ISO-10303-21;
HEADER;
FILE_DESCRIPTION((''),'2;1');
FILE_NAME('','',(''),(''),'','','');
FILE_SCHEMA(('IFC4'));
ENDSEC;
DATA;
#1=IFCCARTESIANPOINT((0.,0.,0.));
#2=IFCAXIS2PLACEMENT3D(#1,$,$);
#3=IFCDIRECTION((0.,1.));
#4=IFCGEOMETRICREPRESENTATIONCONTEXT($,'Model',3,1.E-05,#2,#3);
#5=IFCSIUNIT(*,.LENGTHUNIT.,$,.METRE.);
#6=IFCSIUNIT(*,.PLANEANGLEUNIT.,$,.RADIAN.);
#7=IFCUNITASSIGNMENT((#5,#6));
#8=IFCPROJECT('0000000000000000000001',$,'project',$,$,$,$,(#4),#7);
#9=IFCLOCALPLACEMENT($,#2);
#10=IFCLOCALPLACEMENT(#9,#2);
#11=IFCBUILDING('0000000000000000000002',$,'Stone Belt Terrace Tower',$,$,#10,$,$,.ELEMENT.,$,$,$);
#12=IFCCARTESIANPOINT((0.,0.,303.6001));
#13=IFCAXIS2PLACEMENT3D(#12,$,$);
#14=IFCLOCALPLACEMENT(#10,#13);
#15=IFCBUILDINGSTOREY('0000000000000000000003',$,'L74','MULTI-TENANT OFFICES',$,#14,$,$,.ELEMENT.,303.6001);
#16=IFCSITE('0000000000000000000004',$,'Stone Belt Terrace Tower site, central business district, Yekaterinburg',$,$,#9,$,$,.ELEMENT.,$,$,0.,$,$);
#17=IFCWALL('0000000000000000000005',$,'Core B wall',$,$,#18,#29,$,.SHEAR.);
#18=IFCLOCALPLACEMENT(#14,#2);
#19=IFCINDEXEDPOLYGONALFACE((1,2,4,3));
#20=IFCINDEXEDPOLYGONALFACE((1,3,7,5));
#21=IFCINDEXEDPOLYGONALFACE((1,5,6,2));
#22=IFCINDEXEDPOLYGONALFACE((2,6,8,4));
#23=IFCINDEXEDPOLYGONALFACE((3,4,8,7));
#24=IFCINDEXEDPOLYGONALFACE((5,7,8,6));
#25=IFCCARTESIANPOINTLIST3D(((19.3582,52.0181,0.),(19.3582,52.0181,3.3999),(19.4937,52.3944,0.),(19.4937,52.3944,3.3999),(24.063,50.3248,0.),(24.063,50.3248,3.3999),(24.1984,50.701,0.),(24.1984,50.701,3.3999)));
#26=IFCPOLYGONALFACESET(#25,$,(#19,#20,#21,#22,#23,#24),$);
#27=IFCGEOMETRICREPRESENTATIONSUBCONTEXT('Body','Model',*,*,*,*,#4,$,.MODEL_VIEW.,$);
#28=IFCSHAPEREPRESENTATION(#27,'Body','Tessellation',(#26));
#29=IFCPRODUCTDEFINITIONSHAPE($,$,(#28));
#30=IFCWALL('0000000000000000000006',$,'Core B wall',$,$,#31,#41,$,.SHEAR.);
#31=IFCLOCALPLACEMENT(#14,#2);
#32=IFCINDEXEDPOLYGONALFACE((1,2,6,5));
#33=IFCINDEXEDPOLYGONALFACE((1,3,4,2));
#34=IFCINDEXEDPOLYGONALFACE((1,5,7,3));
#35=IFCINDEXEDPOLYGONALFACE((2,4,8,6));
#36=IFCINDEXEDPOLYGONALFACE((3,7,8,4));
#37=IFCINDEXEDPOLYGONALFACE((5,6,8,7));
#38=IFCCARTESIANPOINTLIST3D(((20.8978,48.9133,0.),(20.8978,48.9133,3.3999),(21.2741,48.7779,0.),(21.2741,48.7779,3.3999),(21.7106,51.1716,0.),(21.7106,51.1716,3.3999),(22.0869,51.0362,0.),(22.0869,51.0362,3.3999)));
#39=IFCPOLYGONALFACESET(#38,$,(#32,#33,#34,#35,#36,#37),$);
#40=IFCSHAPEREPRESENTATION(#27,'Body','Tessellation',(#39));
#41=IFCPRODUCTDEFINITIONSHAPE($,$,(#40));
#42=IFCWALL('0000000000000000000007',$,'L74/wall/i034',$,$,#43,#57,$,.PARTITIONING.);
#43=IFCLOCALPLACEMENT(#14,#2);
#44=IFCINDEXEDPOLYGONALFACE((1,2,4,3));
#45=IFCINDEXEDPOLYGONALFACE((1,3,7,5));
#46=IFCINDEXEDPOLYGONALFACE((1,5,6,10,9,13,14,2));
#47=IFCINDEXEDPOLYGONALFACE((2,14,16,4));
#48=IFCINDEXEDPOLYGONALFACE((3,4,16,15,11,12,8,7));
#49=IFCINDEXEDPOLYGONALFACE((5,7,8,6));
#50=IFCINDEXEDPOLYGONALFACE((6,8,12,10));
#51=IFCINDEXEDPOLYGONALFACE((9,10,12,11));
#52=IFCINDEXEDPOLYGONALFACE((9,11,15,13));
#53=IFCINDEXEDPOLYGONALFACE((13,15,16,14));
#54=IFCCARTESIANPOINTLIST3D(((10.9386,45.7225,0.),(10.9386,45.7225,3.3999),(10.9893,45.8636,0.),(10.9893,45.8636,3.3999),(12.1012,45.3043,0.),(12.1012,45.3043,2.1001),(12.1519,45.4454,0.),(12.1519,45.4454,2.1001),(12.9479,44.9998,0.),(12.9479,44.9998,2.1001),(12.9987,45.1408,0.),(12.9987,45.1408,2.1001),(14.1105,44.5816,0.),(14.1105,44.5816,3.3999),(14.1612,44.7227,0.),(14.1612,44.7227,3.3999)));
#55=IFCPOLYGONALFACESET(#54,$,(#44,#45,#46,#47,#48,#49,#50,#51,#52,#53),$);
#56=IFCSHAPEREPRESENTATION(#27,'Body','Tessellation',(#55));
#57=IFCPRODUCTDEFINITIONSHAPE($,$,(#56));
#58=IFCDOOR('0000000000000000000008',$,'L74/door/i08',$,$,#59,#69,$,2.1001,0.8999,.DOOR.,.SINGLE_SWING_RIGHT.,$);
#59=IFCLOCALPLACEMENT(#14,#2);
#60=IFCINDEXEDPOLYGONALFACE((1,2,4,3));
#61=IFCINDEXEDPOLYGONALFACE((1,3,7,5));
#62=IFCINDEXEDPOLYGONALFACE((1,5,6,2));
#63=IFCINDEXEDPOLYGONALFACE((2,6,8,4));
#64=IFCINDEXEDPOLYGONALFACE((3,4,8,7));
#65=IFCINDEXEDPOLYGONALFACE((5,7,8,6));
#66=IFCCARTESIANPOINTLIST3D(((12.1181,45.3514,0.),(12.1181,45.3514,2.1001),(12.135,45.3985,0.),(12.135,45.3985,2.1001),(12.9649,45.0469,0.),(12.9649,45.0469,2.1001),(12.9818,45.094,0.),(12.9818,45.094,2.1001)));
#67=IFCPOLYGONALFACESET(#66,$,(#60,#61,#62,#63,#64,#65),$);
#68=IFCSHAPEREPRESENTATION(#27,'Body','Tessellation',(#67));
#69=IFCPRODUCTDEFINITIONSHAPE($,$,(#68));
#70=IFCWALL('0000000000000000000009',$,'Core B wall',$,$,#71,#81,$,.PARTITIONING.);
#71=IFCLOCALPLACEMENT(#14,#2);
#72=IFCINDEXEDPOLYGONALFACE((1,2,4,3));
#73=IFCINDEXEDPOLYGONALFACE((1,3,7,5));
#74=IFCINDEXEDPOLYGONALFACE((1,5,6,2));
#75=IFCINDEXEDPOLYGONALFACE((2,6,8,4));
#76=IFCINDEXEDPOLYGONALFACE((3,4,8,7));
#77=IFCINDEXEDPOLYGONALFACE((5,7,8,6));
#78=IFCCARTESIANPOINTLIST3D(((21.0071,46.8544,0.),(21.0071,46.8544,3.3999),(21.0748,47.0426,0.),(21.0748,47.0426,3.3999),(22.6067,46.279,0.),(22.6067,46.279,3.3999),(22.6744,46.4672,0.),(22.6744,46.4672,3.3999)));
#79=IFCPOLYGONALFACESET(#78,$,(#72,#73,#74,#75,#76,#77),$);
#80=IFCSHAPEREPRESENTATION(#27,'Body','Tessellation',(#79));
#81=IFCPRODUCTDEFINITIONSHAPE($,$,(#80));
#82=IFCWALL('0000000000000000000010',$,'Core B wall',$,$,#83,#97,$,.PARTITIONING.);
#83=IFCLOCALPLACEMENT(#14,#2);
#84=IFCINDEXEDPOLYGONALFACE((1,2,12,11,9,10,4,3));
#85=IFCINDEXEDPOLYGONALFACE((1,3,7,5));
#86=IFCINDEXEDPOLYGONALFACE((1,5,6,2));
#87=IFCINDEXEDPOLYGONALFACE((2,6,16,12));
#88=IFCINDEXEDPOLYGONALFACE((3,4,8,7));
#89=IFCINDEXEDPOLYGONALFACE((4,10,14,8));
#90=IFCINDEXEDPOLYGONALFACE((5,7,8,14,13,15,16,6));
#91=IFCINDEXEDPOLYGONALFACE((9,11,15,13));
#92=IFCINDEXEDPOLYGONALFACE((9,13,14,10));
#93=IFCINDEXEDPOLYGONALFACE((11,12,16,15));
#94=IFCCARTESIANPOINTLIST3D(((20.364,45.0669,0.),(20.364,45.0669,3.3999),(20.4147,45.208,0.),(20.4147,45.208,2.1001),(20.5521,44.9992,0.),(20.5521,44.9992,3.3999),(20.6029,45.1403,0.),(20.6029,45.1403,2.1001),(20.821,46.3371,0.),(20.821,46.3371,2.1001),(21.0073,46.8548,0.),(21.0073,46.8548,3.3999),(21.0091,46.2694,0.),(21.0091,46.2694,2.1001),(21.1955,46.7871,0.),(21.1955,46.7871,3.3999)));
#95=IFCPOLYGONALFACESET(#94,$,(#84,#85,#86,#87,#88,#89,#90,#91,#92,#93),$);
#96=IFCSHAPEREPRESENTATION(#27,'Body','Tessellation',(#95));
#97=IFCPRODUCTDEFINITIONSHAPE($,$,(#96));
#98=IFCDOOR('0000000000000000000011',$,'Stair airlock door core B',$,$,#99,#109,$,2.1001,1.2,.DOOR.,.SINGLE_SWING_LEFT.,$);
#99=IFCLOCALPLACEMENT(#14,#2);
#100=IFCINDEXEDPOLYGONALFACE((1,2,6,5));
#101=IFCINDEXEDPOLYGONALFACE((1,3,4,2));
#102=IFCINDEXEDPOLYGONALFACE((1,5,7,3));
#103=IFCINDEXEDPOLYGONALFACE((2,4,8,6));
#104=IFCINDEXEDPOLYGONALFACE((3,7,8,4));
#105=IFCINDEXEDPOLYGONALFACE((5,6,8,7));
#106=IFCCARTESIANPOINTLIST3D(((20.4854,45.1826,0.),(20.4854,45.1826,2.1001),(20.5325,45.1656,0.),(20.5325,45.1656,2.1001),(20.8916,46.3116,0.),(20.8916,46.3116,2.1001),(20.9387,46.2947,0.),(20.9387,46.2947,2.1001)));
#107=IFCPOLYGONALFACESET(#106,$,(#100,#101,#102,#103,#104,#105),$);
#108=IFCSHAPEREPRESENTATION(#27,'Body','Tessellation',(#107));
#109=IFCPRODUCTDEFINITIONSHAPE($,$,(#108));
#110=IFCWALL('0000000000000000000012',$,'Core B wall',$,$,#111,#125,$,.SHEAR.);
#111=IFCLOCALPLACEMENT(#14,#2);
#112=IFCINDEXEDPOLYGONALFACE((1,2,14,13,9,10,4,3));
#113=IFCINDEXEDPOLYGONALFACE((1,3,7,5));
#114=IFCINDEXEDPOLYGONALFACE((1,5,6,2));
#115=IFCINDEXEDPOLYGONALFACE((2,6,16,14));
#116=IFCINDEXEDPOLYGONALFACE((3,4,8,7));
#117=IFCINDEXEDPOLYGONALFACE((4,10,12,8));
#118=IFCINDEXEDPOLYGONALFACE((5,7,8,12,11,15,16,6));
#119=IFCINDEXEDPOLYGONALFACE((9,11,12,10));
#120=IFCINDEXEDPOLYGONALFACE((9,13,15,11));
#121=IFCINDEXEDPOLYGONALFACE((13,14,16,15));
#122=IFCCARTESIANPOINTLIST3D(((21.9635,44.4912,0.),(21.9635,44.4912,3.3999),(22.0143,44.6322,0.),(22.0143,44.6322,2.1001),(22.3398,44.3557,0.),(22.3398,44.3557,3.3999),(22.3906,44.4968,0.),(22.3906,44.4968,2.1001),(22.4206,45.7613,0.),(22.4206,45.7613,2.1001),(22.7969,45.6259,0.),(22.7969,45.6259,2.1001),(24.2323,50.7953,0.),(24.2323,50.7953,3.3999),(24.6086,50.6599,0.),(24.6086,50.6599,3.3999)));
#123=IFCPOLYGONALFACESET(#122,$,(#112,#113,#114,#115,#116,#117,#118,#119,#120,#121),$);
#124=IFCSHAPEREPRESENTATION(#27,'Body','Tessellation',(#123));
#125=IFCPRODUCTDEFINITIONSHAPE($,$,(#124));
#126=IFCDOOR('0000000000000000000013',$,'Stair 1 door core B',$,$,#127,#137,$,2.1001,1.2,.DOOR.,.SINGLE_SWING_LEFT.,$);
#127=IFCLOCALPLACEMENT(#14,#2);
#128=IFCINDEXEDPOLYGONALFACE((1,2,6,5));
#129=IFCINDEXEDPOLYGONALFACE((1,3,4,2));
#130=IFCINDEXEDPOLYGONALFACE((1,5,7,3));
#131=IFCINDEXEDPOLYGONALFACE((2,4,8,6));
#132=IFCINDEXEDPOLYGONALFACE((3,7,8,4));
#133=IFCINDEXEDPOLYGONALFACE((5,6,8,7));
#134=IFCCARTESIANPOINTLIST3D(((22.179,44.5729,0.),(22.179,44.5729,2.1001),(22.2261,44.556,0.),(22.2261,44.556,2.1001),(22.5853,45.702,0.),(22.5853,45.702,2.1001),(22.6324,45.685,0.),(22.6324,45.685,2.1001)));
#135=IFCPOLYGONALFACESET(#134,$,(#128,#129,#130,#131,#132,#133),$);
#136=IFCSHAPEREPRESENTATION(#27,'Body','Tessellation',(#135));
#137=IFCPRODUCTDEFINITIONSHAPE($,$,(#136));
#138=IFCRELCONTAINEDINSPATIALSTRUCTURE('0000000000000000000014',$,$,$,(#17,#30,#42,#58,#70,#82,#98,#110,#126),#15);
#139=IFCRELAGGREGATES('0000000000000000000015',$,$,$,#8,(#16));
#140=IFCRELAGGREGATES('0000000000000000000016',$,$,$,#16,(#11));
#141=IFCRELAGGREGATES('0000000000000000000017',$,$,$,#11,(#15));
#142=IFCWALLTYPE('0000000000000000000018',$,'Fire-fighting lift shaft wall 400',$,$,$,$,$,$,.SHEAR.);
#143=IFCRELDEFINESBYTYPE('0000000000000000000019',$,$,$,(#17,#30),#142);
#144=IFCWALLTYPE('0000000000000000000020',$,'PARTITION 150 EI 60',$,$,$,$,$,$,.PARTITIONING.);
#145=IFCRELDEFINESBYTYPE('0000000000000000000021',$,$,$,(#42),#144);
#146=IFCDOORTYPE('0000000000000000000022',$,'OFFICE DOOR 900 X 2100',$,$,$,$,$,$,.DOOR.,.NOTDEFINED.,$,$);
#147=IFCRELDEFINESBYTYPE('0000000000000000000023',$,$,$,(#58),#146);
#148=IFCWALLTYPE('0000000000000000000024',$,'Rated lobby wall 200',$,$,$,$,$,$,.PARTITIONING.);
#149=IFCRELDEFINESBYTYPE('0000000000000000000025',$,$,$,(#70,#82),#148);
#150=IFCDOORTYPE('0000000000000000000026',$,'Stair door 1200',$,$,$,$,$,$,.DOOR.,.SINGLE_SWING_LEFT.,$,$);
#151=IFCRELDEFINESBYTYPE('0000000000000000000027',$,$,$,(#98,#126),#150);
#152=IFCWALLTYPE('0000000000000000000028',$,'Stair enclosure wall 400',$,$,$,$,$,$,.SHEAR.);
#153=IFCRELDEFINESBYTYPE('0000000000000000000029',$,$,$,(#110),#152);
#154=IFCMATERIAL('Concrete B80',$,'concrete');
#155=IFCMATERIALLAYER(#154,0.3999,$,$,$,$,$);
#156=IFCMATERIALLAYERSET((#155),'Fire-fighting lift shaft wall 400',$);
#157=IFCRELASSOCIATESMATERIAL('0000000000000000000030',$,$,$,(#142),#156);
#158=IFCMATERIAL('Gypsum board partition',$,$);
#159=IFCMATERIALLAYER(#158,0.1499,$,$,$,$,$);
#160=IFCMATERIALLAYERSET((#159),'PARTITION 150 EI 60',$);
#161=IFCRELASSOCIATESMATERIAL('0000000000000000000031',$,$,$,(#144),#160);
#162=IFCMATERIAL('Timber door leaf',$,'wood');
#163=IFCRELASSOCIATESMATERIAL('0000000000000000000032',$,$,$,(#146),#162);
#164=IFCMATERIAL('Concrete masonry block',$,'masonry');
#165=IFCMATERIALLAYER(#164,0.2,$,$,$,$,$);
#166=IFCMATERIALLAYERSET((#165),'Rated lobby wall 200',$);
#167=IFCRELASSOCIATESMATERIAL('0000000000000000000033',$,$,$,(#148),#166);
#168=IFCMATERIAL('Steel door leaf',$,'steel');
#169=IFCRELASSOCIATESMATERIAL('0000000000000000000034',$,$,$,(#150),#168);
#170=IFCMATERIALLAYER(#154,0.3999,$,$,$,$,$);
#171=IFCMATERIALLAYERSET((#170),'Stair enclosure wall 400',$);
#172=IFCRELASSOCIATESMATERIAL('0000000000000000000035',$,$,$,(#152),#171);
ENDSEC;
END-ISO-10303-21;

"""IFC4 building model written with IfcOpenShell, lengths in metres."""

from ifc_helpers import new_model, si_unit, direction, frame, frame_2d, origin, place, context, subcontext, project, spatial, rectangle, extrude, material, layer, layer_set, type_object, element, fill, save


model = new_model("IFC4")

# Units and contexts
model_context = context("Model", 3, precision=1e-05, world=origin(), true_north=direction((0.0, 1.0)))
body_context = subcontext(model_context, "Body", "Model", "MODEL_VIEW")
ifc_project = project(units=[si_unit("LENGTHUNIT", "METRE"), si_unit("PLANEANGLEUNIT", "RADIAN")], contexts=[model_context])

# Site, building, storey
site_placement = place(None, origin())
site = spatial("IfcSite", under=ifc_project, at=site_placement, Name="Stone Belt Terrace Tower site, central business district, Yekaterinburg", CompositionType="ELEMENT", RefElevation=0.0)
building_placement = place(site_placement, origin())
building = spatial("IfcBuilding", under=site, at=building_placement, Name="Stone Belt Terrace Tower", CompositionType="ELEMENT")
storey_placement = place(building_placement, frame((0.0, 0.0, 303.6001)))
storey = spatial("IfcBuildingStorey", under=building, at=storey_placement, Name="L74", Description="MULTI-TENANT OFFICES", CompositionType="ELEMENT", Elevation=303.6001)

# Walls
ifc_material_1 = material(Name="Concrete B80", Category="concrete")
ifc_layer_1 = layer(ifc_material_1, 0.3999)
ifc_layer_set_1 = layer_set([ifc_layer_1], Name="Fire-fighting lift shaft wall 400")
wall_type_1 = type_object("IfcWallType", Name="Fire-fighting lift shaft wall 400", PredefinedType="SHEAR", material=ifc_layer_set_1)
wall_1_placement = place(storey_placement, frame((24.1306, 50.5129, 0.0), z_axis=(0.0, 0.0, 1.0), x_axis=(-0.940912, 0.338652, 0.0)))
element("IfcWall", 1, at=wall_1_placement, inside=storey, type_object=wall_type_1, Name="Core B wall", PredefinedType="SHEAR", context=body_context, shape_type="SweptSolid", body=[
    extrude(rectangle(XDim=5.0002, YDim=0.3999, at=frame_2d((2.5, 0.0))), origin(), (0.0, 0.0, 1.0), 3.3999),
])
wall_2_placement = place(storey_placement, frame((21.0859, 48.8455, 0.0), z_axis=(0.0, 0.0, 1.0), x_axis=(0.338629, 0.94092, 0.0)))
element("IfcWall", 2, at=wall_2_placement, inside=storey, type_object=wall_type_1, Name="Core B wall", PredefinedType="SHEAR", context=body_context, shape_type="SweptSolid", body=[
    extrude(rectangle(XDim=2.4001, YDim=0.3999, at=frame_2d((1.2002, 0.0))), origin(), (0.0, 0.0, 1.0), 3.3999),
])

# Wall, opening, door
ifc_material_2 = material(Name="Gypsum board partition")
ifc_layer_2 = layer(ifc_material_2, 0.1499)
ifc_layer_set_2 = layer_set([ifc_layer_2], Name="PARTITION 150 EI 60")
wall_type_2 = type_object("IfcWallType", Name="PARTITION 150 EI 60", PredefinedType="PARTITIONING", material=ifc_layer_set_2)
wall_3_placement = place(storey_placement, frame((14.136, 44.6521, 0.0), z_axis=(0.0, 0.0, 1.0), x_axis=(-0.940982, 0.338455, 0.0)))
wall_3 = element("IfcWall", 3, at=wall_3_placement, inside=storey, type_object=wall_type_2, Name="L74/wall/i034", PredefinedType="PARTITIONING", context=body_context, shape_type="SweptSolid", body=[
    extrude(rectangle(XDim=3.3708, YDim=0.1499, at=frame_2d((1.6855, 0.0))), origin(), (0.0, 0.0, 1.0), 3.3999),
])
opening_1_placement = place(wall_3_placement, frame((1.2356, 0.0, 0.0)))
opening_1 = element("IfcOpeningElement", 4, at=opening_1_placement, cuts=wall_3, PredefinedType="OPENING", context=body_context, shape_type="SweptSolid", body=[
    extrude(rectangle(XDim=0.8999, YDim=2.1001, at=frame_2d((0.45, 1.05))), frame((0.0, 0.085, 0.0), z_axis=(0.0, -1.0, 0.0), x_axis=(1.0, 0.0, 0.0)), (0.0, 0.0, 1.0), 0.1699),
])
ifc_material_3 = material(Name="Timber door leaf", Category="wood")
door_type_1 = type_object("IfcDoorType", Name="OFFICE DOOR 900 X 2100", OperationType="NOTDEFINED", PredefinedType="DOOR", material=ifc_material_3)
door_1_placement = place(opening_1_placement, origin())
door_1 = element("IfcDoor", 5, at=door_1_placement, inside=storey, type_object=door_type_1, Name="L74/door/i08", OperationType="SINGLE_SWING_RIGHT", OverallHeight=2.1001, OverallWidth=0.8999, PredefinedType="DOOR", context=body_context, shape_type="SweptSolid", body=[
    extrude(rectangle(XDim=0.8999, YDim=2.1001, at=frame_2d((0.45, 1.05))), frame((0.0, 0.0249, 0.0), z_axis=(0.0, -1.0, 0.0), x_axis=(1.0, 0.0, 0.0)), (0.0, 0.0, 1.0), 0.05),
])
fill(opening_1, door_1)

# Wall
ifc_material_4 = material(Name="Concrete masonry block", Category="masonry")
ifc_layer_3 = layer(ifc_material_4, 0.2)
ifc_layer_set_3 = layer_set([ifc_layer_3], Name="Rated lobby wall 200")
wall_type_3 = type_object("IfcWallType", Name="Rated lobby wall 200", PredefinedType="PARTITIONING", material=ifc_layer_set_3)
wall_4_placement = place(storey_placement, frame((22.6406, 46.373, 0.0), z_axis=(0.0, 0.0, 1.0), x_axis=(-0.940966, 0.338501, 0.0)))
element("IfcWall", 6, at=wall_4_placement, inside=storey, type_object=wall_type_3, Name="Core B wall", PredefinedType="PARTITIONING", context=body_context, shape_type="SweptSolid", body=[
    extrude(rectangle(XDim=1.7, YDim=0.2, at=frame_2d((0.8501, 0.0))), origin(), (0.0, 0.0, 1.0), 3.3999),
])

# Walls, openings, doors
wall_5_placement = place(storey_placement, frame((20.458, 45.033, 0.0), z_axis=(0.0, 0.0, 1.0), x_axis=(0.338574, 0.94094, 0.0)))
wall_5 = element("IfcWall", 7, at=wall_5_placement, inside=storey, type_object=wall_type_3, Name="Core B wall", PredefinedType="PARTITIONING", context=body_context, shape_type="SweptSolid", body=[
    extrude(rectangle(XDim=1.9001, YDim=0.2, at=frame_2d((0.9502, 0.0))), origin(), (0.0, 0.0, 1.0), 3.3999),
])
opening_2_placement = place(wall_5_placement, frame((0.1499, 0.0, 0.0)))
opening_2 = element("IfcOpeningElement", 8, at=opening_2_placement, cuts=wall_5, PredefinedType="OPENING", context=body_context, shape_type="SweptSolid", body=[
    extrude(rectangle(XDim=1.2, YDim=2.1001, at=frame_2d((0.6001, 1.05))), frame((0.0, 0.1099, 0.0), z_axis=(0.0, -1.0, 0.0), x_axis=(1.0, 0.0, 0.0)), (0.0, 0.0, 1.0), 0.22),
])
ifc_material_5 = material(Name="Steel door leaf", Category="steel")
door_type_2 = type_object("IfcDoorType", Name="Stair door 1200", OperationType="SINGLE_SWING_LEFT", PredefinedType="DOOR", material=ifc_material_5)
door_2_placement = place(opening_2_placement, origin())
door_2 = element("IfcDoor", 9, at=door_2_placement, inside=storey, type_object=door_type_2, Name="Stair airlock door core B", OperationType="SINGLE_SWING_LEFT", OverallHeight=2.1001, OverallWidth=1.2, PredefinedType="DOOR", context=body_context, shape_type="SweptSolid", body=[
    extrude(rectangle(XDim=1.2, YDim=2.1001, at=frame_2d((0.6001, 1.05))), frame((0.0, 0.0249, 0.0), z_axis=(0.0, -1.0, 0.0), x_axis=(1.0, 0.0, 0.0)), (0.0, 0.0, 1.0), 0.05),
])
fill(opening_2, door_2)
ifc_layer_4 = layer(ifc_material_1, 0.3999)
ifc_layer_set_4 = layer_set([ifc_layer_4], Name="Stair enclosure wall 400")
wall_type_4 = type_object("IfcWallType", Name="Stair enclosure wall 400", PredefinedType="SHEAR", material=ifc_layer_set_4)
wall_6_placement = place(storey_placement, frame((22.1516, 44.4233, 0.0), z_axis=(0.0, 0.0, 1.0), x_axis=(0.338625, 0.940921, 0.0)))
wall_6 = element("IfcWall", 10, at=wall_6_placement, inside=storey, type_object=wall_type_4, Name="Core B wall", PredefinedType="SHEAR", context=body_context, shape_type="SweptSolid", body=[
    extrude(rectangle(XDim=6.7, YDim=0.3999, at=frame_2d((3.3501, 0.0))), origin(), (0.0, 0.0, 1.0), 3.3999),
])
opening_3_placement = place(wall_6_placement, frame((0.1499, 0.0, 0.0)))
opening_3 = element("IfcOpeningElement", 11, at=opening_3_placement, cuts=wall_6, PredefinedType="OPENING", context=body_context, shape_type="SweptSolid", body=[
    extrude(rectangle(XDim=1.2, YDim=2.1001, at=frame_2d((0.6001, 1.05))), frame((0.0, 0.21, 0.0), z_axis=(0.0, -1.0, 0.0), x_axis=(1.0, 0.0, 0.0)), (0.0, 0.0, 1.0), 0.4199),
])
door_3_placement = place(opening_3_placement, origin())
door_3 = element("IfcDoor", 12, at=door_3_placement, inside=storey, type_object=door_type_2, Name="Stair 1 door core B", OperationType="SINGLE_SWING_LEFT", OverallHeight=2.1001, OverallWidth=1.2, PredefinedType="DOOR", context=body_context, shape_type="SweptSolid", body=[
    extrude(rectangle(XDim=1.2, YDim=2.1001, at=frame_2d((0.6001, 1.05))), frame((0.0, 0.0249, 0.0), z_axis=(0.0, -1.0, 0.0), x_axis=(1.0, 0.0, 0.0)), (0.0, 0.0, 1.0), 0.05),
])
fill(opening_3, door_3)

save(model, "model.ifc")
